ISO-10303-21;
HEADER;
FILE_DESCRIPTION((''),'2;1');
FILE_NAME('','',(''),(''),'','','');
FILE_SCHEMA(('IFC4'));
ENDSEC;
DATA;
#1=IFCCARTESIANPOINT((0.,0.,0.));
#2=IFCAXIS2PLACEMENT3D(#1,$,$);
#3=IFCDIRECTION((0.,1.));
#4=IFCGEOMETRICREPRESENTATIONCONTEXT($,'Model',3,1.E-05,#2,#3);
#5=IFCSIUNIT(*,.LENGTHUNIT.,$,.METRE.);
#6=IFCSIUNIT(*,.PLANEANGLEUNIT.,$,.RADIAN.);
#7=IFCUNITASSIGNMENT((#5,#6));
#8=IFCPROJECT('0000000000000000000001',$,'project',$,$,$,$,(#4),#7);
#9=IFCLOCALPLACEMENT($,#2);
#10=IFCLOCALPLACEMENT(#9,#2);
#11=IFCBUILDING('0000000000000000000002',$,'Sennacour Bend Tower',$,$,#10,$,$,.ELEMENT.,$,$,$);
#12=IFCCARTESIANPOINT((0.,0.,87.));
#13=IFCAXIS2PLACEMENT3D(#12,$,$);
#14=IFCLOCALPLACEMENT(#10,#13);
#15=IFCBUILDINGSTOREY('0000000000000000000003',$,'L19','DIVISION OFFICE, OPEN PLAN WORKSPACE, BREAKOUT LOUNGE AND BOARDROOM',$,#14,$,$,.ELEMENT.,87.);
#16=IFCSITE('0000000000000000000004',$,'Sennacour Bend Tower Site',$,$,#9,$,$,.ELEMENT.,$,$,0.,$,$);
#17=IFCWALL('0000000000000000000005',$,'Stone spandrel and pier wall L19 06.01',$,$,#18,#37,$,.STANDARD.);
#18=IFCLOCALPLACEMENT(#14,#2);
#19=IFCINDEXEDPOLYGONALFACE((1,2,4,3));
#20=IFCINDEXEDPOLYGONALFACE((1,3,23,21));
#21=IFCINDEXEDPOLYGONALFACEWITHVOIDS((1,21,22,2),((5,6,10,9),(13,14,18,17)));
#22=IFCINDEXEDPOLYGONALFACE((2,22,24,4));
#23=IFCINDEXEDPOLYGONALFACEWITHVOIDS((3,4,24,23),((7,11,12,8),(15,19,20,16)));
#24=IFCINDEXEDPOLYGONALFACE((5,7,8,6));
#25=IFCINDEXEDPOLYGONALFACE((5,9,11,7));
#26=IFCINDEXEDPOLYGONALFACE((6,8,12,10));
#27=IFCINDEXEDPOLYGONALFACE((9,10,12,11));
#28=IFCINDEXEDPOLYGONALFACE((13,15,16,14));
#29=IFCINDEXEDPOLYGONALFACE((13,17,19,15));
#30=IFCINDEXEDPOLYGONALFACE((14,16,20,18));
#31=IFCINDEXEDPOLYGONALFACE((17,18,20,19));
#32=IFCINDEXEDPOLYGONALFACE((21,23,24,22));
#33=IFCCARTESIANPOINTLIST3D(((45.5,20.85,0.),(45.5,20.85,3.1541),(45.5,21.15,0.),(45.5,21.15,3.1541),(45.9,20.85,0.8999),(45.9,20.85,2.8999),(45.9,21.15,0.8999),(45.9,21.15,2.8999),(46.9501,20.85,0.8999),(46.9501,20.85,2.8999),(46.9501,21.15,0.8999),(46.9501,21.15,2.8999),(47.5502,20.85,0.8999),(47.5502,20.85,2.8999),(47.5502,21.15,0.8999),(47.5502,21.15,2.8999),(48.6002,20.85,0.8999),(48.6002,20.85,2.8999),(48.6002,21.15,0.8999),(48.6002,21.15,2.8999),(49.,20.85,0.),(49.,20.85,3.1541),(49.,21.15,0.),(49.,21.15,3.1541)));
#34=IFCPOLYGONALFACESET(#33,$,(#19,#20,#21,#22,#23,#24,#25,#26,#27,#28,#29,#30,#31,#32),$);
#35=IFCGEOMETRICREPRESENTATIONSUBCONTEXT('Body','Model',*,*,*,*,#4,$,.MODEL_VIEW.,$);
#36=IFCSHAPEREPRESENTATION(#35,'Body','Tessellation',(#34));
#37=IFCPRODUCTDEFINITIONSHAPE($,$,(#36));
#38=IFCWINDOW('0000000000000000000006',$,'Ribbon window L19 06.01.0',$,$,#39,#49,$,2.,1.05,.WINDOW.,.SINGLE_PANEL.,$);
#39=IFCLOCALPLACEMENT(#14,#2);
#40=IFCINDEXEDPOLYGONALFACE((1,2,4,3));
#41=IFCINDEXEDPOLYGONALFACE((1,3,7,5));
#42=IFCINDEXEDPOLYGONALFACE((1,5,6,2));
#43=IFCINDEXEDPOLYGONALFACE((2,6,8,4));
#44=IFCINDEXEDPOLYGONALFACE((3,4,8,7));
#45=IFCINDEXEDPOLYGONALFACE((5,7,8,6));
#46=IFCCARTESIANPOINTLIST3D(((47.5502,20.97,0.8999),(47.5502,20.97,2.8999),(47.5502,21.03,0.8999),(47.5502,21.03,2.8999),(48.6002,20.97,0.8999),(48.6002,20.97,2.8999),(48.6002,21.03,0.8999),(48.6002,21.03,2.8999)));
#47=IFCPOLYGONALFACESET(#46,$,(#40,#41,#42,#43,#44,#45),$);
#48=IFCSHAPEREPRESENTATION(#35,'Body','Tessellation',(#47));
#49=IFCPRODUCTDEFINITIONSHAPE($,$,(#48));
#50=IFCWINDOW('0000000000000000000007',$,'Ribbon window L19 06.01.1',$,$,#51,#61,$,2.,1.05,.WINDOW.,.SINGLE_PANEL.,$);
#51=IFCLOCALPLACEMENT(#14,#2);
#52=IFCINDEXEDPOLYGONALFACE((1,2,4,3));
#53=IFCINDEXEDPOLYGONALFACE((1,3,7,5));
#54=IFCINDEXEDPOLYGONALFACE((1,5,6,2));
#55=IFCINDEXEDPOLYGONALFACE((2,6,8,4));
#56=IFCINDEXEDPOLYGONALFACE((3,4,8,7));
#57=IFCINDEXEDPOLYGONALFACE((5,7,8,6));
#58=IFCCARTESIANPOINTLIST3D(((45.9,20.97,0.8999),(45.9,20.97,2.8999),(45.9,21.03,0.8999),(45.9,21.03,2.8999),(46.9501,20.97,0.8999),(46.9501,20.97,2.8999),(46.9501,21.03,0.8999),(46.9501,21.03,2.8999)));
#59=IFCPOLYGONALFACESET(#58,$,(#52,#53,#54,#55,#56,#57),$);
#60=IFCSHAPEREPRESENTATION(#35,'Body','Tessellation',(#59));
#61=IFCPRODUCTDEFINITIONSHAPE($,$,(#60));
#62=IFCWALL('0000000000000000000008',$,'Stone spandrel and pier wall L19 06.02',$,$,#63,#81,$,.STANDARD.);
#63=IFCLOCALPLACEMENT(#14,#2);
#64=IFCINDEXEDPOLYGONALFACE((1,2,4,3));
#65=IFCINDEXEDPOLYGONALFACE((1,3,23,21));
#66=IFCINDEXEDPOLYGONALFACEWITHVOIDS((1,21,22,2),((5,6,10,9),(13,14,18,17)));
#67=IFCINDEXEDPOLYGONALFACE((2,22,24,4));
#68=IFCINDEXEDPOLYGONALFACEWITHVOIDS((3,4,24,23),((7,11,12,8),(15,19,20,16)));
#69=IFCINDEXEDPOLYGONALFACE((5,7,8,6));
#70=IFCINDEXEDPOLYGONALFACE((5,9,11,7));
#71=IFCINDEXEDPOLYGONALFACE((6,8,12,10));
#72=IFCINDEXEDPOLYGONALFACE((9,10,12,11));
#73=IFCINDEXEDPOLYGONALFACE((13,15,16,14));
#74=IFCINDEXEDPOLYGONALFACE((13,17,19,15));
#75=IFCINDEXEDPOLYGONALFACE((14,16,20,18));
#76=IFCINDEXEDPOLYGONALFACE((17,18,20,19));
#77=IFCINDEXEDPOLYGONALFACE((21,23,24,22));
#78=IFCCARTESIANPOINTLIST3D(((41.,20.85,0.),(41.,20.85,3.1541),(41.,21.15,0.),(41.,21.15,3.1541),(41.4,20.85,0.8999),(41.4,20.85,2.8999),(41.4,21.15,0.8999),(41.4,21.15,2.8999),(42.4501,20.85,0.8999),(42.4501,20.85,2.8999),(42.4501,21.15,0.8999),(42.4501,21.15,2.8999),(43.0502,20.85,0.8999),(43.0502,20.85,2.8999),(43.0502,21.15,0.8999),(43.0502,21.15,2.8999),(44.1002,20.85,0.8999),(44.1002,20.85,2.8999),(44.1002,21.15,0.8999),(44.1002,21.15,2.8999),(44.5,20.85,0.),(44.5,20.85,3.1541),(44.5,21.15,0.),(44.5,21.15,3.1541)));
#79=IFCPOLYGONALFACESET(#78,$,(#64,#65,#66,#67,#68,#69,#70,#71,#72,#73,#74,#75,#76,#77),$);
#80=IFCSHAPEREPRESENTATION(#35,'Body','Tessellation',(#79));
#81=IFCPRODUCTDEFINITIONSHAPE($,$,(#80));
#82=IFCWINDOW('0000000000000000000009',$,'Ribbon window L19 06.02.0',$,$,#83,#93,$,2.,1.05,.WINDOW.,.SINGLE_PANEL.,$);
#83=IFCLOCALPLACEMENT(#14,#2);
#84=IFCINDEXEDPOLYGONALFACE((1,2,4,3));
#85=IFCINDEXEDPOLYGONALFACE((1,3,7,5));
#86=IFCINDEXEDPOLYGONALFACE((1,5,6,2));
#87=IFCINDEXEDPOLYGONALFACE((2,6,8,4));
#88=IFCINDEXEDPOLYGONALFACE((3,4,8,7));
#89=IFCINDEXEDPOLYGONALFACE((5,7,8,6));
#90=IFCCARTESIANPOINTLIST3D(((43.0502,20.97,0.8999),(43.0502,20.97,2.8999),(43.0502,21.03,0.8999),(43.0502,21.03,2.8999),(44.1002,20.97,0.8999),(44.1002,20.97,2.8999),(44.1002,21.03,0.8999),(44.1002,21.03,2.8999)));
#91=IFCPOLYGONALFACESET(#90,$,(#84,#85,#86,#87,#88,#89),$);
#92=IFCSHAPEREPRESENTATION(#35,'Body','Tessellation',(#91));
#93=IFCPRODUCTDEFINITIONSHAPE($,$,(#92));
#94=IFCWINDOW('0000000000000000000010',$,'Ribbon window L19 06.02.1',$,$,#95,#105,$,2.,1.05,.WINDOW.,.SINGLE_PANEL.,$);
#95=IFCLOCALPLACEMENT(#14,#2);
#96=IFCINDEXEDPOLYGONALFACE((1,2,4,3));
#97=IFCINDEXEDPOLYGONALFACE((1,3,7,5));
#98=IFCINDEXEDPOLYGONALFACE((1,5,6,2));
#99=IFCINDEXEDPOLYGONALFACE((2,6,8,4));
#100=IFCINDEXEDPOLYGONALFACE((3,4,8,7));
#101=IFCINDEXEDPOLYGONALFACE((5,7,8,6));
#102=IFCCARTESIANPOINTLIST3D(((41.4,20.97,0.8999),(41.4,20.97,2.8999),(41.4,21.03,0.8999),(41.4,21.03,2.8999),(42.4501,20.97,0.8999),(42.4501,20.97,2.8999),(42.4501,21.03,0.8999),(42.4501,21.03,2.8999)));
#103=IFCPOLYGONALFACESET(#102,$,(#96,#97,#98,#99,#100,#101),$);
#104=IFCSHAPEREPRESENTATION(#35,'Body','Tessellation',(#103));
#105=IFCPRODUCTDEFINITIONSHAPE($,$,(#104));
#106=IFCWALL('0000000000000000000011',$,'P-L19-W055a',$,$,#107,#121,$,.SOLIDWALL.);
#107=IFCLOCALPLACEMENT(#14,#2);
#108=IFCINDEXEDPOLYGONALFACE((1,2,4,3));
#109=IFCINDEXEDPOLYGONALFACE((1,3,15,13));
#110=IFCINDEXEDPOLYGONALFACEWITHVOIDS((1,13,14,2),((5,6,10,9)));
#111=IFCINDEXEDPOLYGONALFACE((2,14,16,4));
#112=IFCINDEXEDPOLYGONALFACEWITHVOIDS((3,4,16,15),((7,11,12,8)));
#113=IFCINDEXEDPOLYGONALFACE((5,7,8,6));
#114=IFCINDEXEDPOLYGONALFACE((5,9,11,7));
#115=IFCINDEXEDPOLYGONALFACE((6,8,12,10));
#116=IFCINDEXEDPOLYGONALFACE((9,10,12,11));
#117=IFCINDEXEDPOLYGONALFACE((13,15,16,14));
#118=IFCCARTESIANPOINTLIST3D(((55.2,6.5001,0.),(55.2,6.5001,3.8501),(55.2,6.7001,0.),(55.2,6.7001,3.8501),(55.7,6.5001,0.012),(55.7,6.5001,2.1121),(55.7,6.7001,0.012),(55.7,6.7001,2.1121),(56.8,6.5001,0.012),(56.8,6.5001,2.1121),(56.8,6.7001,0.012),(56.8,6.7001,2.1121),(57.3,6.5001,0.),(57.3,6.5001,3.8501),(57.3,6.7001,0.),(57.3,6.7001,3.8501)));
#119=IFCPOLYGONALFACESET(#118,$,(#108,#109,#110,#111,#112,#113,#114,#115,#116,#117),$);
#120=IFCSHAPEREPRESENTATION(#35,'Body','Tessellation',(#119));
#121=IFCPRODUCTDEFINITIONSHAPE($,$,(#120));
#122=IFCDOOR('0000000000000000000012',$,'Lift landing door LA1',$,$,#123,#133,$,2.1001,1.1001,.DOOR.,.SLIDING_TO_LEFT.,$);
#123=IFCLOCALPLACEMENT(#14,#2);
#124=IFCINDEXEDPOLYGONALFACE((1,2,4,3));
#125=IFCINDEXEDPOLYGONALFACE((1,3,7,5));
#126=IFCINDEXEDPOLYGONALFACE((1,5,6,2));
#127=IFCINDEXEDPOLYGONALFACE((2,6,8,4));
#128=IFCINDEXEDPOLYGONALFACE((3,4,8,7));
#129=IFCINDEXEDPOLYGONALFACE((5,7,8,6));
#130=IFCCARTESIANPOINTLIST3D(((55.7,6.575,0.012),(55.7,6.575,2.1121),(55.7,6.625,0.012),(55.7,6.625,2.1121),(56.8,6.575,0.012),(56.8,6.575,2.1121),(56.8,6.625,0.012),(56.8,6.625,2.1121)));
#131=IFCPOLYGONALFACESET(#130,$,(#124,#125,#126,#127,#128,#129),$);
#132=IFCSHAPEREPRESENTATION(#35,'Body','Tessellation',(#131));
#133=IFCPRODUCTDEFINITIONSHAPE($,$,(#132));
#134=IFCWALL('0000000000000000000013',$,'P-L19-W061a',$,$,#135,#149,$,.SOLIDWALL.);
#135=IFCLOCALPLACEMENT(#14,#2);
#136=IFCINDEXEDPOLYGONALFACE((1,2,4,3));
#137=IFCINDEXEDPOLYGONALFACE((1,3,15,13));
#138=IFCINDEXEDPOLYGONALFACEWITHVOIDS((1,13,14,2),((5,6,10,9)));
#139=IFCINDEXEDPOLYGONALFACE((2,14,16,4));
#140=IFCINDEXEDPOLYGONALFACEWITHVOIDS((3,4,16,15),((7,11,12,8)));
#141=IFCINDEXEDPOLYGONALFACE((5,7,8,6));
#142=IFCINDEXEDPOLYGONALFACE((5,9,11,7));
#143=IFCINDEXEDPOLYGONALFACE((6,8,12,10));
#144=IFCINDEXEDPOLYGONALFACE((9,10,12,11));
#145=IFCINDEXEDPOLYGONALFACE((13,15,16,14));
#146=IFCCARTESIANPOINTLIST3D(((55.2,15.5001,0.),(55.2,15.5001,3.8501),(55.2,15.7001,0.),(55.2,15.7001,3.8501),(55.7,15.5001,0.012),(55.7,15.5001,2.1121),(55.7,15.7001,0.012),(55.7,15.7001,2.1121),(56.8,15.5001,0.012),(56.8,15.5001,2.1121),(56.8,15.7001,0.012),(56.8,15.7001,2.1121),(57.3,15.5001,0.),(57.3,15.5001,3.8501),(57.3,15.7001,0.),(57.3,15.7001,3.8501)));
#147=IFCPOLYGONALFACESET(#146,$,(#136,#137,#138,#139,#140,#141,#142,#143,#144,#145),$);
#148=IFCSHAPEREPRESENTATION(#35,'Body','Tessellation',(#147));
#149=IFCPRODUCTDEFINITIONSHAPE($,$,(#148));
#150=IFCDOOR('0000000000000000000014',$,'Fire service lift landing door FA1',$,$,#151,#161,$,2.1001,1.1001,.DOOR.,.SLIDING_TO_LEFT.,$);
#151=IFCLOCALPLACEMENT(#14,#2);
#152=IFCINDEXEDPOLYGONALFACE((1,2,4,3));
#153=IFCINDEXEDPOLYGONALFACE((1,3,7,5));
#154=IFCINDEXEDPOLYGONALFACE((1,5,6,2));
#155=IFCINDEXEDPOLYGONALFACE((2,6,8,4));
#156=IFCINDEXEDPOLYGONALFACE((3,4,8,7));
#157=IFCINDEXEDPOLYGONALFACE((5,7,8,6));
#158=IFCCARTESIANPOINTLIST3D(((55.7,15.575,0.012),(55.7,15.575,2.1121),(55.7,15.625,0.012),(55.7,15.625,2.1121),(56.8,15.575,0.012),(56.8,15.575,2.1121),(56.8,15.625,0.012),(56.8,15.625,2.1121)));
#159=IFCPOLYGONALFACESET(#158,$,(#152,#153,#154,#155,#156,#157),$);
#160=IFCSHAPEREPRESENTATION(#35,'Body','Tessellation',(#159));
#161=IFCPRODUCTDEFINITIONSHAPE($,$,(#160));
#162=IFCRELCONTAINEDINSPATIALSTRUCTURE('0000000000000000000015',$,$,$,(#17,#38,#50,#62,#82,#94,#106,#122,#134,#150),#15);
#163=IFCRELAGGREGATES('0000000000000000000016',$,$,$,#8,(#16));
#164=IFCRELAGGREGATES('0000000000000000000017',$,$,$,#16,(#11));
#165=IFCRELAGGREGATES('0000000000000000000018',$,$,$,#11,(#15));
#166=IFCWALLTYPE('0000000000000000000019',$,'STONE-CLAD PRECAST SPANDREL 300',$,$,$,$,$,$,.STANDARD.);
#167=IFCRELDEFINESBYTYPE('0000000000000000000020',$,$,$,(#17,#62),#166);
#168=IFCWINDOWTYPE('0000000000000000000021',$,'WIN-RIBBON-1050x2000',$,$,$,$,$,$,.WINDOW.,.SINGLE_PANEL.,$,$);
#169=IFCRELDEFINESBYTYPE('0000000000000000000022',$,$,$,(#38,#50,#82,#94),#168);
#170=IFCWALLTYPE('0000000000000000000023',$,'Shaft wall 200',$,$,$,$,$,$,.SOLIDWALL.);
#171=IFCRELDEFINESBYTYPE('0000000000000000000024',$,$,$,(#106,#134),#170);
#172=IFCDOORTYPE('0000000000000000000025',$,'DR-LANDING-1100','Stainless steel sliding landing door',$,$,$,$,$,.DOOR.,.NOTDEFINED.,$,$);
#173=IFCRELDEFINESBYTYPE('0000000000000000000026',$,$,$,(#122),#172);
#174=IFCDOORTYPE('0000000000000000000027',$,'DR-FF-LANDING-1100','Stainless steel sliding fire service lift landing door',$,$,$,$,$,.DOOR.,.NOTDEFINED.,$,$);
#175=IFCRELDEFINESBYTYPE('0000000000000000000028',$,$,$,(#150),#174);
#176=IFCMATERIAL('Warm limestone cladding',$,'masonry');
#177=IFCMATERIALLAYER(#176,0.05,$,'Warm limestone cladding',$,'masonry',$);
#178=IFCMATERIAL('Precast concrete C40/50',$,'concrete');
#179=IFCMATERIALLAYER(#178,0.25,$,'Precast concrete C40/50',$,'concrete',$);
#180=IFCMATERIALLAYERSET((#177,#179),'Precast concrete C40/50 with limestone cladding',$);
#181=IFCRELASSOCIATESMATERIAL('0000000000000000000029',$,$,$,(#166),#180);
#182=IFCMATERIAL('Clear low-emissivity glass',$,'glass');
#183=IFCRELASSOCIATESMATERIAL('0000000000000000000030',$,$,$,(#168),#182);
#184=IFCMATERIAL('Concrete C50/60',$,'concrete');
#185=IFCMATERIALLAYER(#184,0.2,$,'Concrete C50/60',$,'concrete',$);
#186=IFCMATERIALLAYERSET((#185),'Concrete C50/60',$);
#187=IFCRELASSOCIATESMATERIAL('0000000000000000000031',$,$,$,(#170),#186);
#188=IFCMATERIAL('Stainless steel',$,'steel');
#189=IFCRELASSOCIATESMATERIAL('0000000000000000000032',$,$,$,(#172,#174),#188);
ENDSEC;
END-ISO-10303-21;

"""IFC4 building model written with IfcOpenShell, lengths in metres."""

from ifc_helpers import new_model, si_unit, direction, frame, frame_2d, origin, place, context, subcontext, project, spatial, rectangle, extrude, material, layer, layer_set, type_object, element, fill, save


model = new_model("IFC4")

# Units and contexts
model_context = context("Model", 3, precision=1e-05, world=origin(), true_north=direction((0.0, 1.0)))
body_context = subcontext(model_context, "Body", "Model", "MODEL_VIEW")
ifc_project = project(units=[si_unit("LENGTHUNIT", "METRE"), si_unit("PLANEANGLEUNIT", "RADIAN")], contexts=[model_context])

# Site, building, storey
site_placement = place(None, origin())
site = spatial("IfcSite", under=ifc_project, at=site_placement, Name="Sennacour Bend Tower Site", CompositionType="ELEMENT", RefElevation=0.0)
building_placement = place(site_placement, origin())
building = spatial("IfcBuilding", under=site, at=building_placement, Name="Sennacour Bend Tower", CompositionType="ELEMENT")
storey_placement = place(building_placement, frame((0.0, 0.0, 87.0)))
storey = spatial("IfcBuildingStorey", under=building, at=storey_placement, Name="L19", Description="DIVISION OFFICE, OPEN PLAN WORKSPACE, BREAKOUT LOUNGE AND BOARDROOM", CompositionType="ELEMENT", Elevation=87.0)

# Walls, openings, windows
ifc_material_1 = material(Name="Warm limestone cladding", Category="masonry")
ifc_layer_1 = layer(ifc_material_1, 0.05, Name="Warm limestone cladding", Category="masonry")
ifc_material_2 = material(Name="Precast concrete C40/50", Category="concrete")
ifc_layer_2 = layer(ifc_material_2, 0.25, Name="Precast concrete C40/50", Category="concrete")
ifc_layer_set_1 = layer_set([ifc_layer_1, ifc_layer_2], Name="Precast concrete C40/50 with limestone cladding")
wall_type_1 = type_object("IfcWallType", Name="STONE-CLAD PRECAST SPANDREL 300", PredefinedType="STANDARD", material=ifc_layer_set_1)
ifc_material_3 = material(Name="Clear low-emissivity glass", Category="glass")
window_type_1 = type_object("IfcWindowType", Name="WIN-RIBBON-1050x2000", PartitioningType="SINGLE_PANEL", PredefinedType="WINDOW", material=ifc_material_3)
wall_1_placement = place(storey_placement, frame((49.0, 21.0, 0.0), z_axis=(0.0, 0.0, 1.0), x_axis=(-1.0, 0.0, 0.0)))
wall_1 = element("IfcWall", 1, at=wall_1_placement, inside=storey, type_object=wall_type_1, Name="Stone spandrel and pier wall L19 06.01", PredefinedType="STANDARD", context=body_context, shape_type="SweptSolid", body=[
    extrude(rectangle(XDim=3.5, YDim=0.3, at=frame_2d((1.75, 0.0))), origin(), (0.0, 0.0, 1.0), 3.1541),
])
opening_1_placement = place(wall_1_placement, frame((0.3999, 0.0, 0.8999)))
opening_1 = element("IfcOpeningElement", 2, at=opening_1_placement, cuts=wall_1, PredefinedType="OPENING", context=body_context, shape_type="SweptSolid", body=[
    extrude(rectangle(XDim=1.05, YDim=2.0, at=frame_2d((0.5249, 1.0))), frame((0.0, 0.1602, 0.0), z_axis=(0.0, -1.0, 0.0), x_axis=(1.0, 0.0, 0.0)), (0.0, 0.0, 1.0), 0.3201),
])
opening_2_placement = place(wall_1_placement, frame((2.05, 0.0, 0.8999)))
opening_2 = element("IfcOpeningElement", 3, at=opening_2_placement, cuts=wall_1, PredefinedType="OPENING", context=body_context, shape_type="SweptSolid", body=[
    extrude(rectangle(XDim=1.05, YDim=2.0, at=frame_2d((0.5249, 1.0))), frame((0.0, 0.1602, 0.0), z_axis=(0.0, -1.0, 0.0), x_axis=(1.0, 0.0, 0.0)), (0.0, 0.0, 1.0), 0.3201),
])
window_1_placement = place(opening_1_placement, origin())
window_1 = element("IfcWindow", 4, at=window_1_placement, inside=storey, type_object=window_type_1, Name="Ribbon window L19 06.01.0", OverallHeight=2.0, OverallWidth=1.05, PartitioningType="SINGLE_PANEL", PredefinedType="WINDOW", context=body_context, shape_type="SweptSolid", body=[
    extrude(rectangle(XDim=1.05, YDim=2.0, at=frame_2d((0.5249, 1.0))), frame((0.0, 0.03, 0.0), z_axis=(0.0, -1.0, 0.0), x_axis=(1.0, 0.0, 0.0)), (0.0, 0.0, 1.0), 0.0601),
])
fill(opening_1, window_1)
window_2_placement = place(opening_2_placement, origin())
window_2 = element("IfcWindow", 5, at=window_2_placement, inside=storey, type_object=window_type_1, Name="Ribbon window L19 06.01.1", OverallHeight=2.0, OverallWidth=1.05, PartitioningType="SINGLE_PANEL", PredefinedType="WINDOW", context=body_context, shape_type="SweptSolid", body=[
    extrude(rectangle(XDim=1.05, YDim=2.0, at=frame_2d((0.5249, 1.0))), frame((0.0, 0.03, 0.0), z_axis=(0.0, -1.0, 0.0), x_axis=(1.0, 0.0, 0.0)), (0.0, 0.0, 1.0), 0.0601),
])
fill(opening_2, window_2)
wall_2_placement = place(storey_placement, frame((44.5, 21.0, 0.0), z_axis=(0.0, 0.0, 1.0), x_axis=(-1.0, 0.0, 0.0)))
wall_2 = element("IfcWall", 6, at=wall_2_placement, inside=storey, type_object=wall_type_1, Name="Stone spandrel and pier wall L19 06.02", PredefinedType="STANDARD", context=body_context, shape_type="SweptSolid", body=[
    extrude(rectangle(XDim=3.5, YDim=0.3, at=frame_2d((1.75, 0.0))), origin(), (0.0, 0.0, 1.0), 3.1541),
])
opening_3_placement = place(wall_2_placement, frame((0.3999, 0.0, 0.8999)))
opening_3 = element("IfcOpeningElement", 7, at=opening_3_placement, cuts=wall_2, PredefinedType="OPENING", context=body_context, shape_type="SweptSolid", body=[
    extrude(rectangle(XDim=1.05, YDim=2.0, at=frame_2d((0.5249, 1.0))), frame((0.0, 0.1602, 0.0), z_axis=(0.0, -1.0, 0.0), x_axis=(1.0, 0.0, 0.0)), (0.0, 0.0, 1.0), 0.3201),
])
opening_4_placement = place(wall_2_placement, frame((2.05, 0.0, 0.8999)))
opening_4 = element("IfcOpeningElement", 8, at=opening_4_placement, cuts=wall_2, PredefinedType="OPENING", context=body_context, shape_type="SweptSolid", body=[
    extrude(rectangle(XDim=1.05, YDim=2.0, at=frame_2d((0.5249, 1.0))), frame((0.0, 0.1602, 0.0), z_axis=(0.0, -1.0, 0.0), x_axis=(1.0, 0.0, 0.0)), (0.0, 0.0, 1.0), 0.3201),
])
window_3_placement = place(opening_3_placement, origin())
window_3 = element("IfcWindow", 9, at=window_3_placement, inside=storey, type_object=window_type_1, Name="Ribbon window L19 06.02.0", OverallHeight=2.0, OverallWidth=1.05, PartitioningType="SINGLE_PANEL", PredefinedType="WINDOW", context=body_context, shape_type="SweptSolid", body=[
    extrude(rectangle(XDim=1.05, YDim=2.0, at=frame_2d((0.5249, 1.0))), frame((0.0, 0.03, 0.0), z_axis=(0.0, -1.0, 0.0), x_axis=(1.0, 0.0, 0.0)), (0.0, 0.0, 1.0), 0.0601),
])
fill(opening_3, window_3)
window_4_placement = place(opening_4_placement, origin())
window_4 = element("IfcWindow", 10, at=window_4_placement, inside=storey, type_object=window_type_1, Name="Ribbon window L19 06.02.1", OverallHeight=2.0, OverallWidth=1.05, PartitioningType="SINGLE_PANEL", PredefinedType="WINDOW", context=body_context, shape_type="SweptSolid", body=[
    extrude(rectangle(XDim=1.05, YDim=2.0, at=frame_2d((0.5249, 1.0))), frame((0.0, 0.03, 0.0), z_axis=(0.0, -1.0, 0.0), x_axis=(1.0, 0.0, 0.0)), (0.0, 0.0, 1.0), 0.0601),
])
fill(opening_4, window_4)

# Walls, openings, doors
ifc_material_4 = material(Name="Concrete C50/60", Category="concrete")
ifc_layer_3 = layer(ifc_material_4, 0.2, Name="Concrete C50/60", Category="concrete")
ifc_layer_set_2 = layer_set([ifc_layer_3], Name="Concrete C50/60")
wall_type_2 = type_object("IfcWallType", Name="Shaft wall 200", PredefinedType="SOLIDWALL", material=ifc_layer_set_2)
wall_3_placement = place(storey_placement, frame((55.2, 6.6001, 0.0), z_axis=(0.0, 0.0, 1.0), x_axis=(1.0, 0.0, 0.0)))
wall_3 = element("IfcWall", 11, at=wall_3_placement, inside=storey, type_object=wall_type_2, Name="P-L19-W055a", PredefinedType="SOLIDWALL", context=body_context, shape_type="SweptSolid", body=[
    extrude(rectangle(XDim=2.1001, YDim=0.2, at=frame_2d((1.05, 0.0))), origin(), (0.0, 0.0, 1.0), 3.8501),
])
opening_5_placement = place(wall_3_placement, frame((0.5, 0.0, 0.012)))
opening_5 = element("IfcOpeningElement", 12, at=opening_5_placement, cuts=wall_3, PredefinedType="OPENING", context=body_context, shape_type="SweptSolid", body=[
    extrude(rectangle(XDim=1.1001, YDim=2.1001, at=frame_2d((0.55, 1.05))), frame((0.0, 0.1099, 0.0), z_axis=(0.0, -1.0, 0.0), x_axis=(1.0, 0.0, 0.0)), (0.0, 0.0, 1.0), 0.22),
])
ifc_material_5 = material(Name="Stainless steel", Category="steel")
door_type_1 = type_object("IfcDoorType", Name="DR-LANDING-1100", Description="Stainless steel sliding landing door", OperationType="NOTDEFINED", PredefinedType="DOOR", material=ifc_material_5)
door_1_placement = place(opening_5_placement, origin())
door_1 = element("IfcDoor", 13, at=door_1_placement, inside=storey, type_object=door_type_1, Name="Lift landing door LA1", OperationType="SLIDING_TO_LEFT", OverallHeight=2.1001, OverallWidth=1.1001, PredefinedType="DOOR", context=body_context, shape_type="SweptSolid", body=[
    extrude(rectangle(XDim=1.1001, YDim=2.1001, at=frame_2d((0.55, 1.05))), frame((0.0, 0.0249, 0.0), z_axis=(0.0, -1.0, 0.0), x_axis=(1.0, 0.0, 0.0)), (0.0, 0.0, 1.0), 0.05),
])
fill(opening_5, door_1)
wall_4_placement = place(storey_placement, frame((55.2, 15.6001, 0.0), z_axis=(0.0, 0.0, 1.0), x_axis=(1.0, 0.0, 0.0)))
wall_4 = element("IfcWall", 14, at=wall_4_placement, inside=storey, type_object=wall_type_2, Name="P-L19-W061a", PredefinedType="SOLIDWALL", context=body_context, shape_type="SweptSolid", body=[
    extrude(rectangle(XDim=2.1001, YDim=0.2, at=frame_2d((1.05, 0.0))), origin(), (0.0, 0.0, 1.0), 3.8501),
])
opening_6_placement = place(wall_4_placement, frame((0.5, 0.0, 0.012)))
opening_6 = element("IfcOpeningElement", 15, at=opening_6_placement, cuts=wall_4, PredefinedType="OPENING", context=body_context, shape_type="SweptSolid", body=[
    extrude(rectangle(XDim=1.1001, YDim=2.1001, at=frame_2d((0.55, 1.05))), frame((0.0, 0.1099, 0.0), z_axis=(0.0, -1.0, 0.0), x_axis=(1.0, 0.0, 0.0)), (0.0, 0.0, 1.0), 0.22),
])
door_type_2 = type_object("IfcDoorType", Name="DR-FF-LANDING-1100", Description="Stainless steel sliding fire service lift landing door", OperationType="NOTDEFINED", PredefinedType="DOOR", material=ifc_material_5)
door_2_placement = place(opening_6_placement, origin())
door_2 = element("IfcDoor", 16, at=door_2_placement, inside=storey, type_object=door_type_2, Name="Fire service lift landing door FA1", OperationType="SLIDING_TO_LEFT", OverallHeight=2.1001, OverallWidth=1.1001, PredefinedType="DOOR", context=body_context, shape_type="SweptSolid", body=[
    extrude(rectangle(XDim=1.1001, YDim=2.1001, at=frame_2d((0.55, 1.05))), frame((0.0, 0.0249, 0.0), z_axis=(0.0, -1.0, 0.0), x_axis=(1.0, 0.0, 0.0)), (0.0, 0.0, 1.0), 0.05),
])
fill(opening_6, door_2)

save(model, "model.ifc")
